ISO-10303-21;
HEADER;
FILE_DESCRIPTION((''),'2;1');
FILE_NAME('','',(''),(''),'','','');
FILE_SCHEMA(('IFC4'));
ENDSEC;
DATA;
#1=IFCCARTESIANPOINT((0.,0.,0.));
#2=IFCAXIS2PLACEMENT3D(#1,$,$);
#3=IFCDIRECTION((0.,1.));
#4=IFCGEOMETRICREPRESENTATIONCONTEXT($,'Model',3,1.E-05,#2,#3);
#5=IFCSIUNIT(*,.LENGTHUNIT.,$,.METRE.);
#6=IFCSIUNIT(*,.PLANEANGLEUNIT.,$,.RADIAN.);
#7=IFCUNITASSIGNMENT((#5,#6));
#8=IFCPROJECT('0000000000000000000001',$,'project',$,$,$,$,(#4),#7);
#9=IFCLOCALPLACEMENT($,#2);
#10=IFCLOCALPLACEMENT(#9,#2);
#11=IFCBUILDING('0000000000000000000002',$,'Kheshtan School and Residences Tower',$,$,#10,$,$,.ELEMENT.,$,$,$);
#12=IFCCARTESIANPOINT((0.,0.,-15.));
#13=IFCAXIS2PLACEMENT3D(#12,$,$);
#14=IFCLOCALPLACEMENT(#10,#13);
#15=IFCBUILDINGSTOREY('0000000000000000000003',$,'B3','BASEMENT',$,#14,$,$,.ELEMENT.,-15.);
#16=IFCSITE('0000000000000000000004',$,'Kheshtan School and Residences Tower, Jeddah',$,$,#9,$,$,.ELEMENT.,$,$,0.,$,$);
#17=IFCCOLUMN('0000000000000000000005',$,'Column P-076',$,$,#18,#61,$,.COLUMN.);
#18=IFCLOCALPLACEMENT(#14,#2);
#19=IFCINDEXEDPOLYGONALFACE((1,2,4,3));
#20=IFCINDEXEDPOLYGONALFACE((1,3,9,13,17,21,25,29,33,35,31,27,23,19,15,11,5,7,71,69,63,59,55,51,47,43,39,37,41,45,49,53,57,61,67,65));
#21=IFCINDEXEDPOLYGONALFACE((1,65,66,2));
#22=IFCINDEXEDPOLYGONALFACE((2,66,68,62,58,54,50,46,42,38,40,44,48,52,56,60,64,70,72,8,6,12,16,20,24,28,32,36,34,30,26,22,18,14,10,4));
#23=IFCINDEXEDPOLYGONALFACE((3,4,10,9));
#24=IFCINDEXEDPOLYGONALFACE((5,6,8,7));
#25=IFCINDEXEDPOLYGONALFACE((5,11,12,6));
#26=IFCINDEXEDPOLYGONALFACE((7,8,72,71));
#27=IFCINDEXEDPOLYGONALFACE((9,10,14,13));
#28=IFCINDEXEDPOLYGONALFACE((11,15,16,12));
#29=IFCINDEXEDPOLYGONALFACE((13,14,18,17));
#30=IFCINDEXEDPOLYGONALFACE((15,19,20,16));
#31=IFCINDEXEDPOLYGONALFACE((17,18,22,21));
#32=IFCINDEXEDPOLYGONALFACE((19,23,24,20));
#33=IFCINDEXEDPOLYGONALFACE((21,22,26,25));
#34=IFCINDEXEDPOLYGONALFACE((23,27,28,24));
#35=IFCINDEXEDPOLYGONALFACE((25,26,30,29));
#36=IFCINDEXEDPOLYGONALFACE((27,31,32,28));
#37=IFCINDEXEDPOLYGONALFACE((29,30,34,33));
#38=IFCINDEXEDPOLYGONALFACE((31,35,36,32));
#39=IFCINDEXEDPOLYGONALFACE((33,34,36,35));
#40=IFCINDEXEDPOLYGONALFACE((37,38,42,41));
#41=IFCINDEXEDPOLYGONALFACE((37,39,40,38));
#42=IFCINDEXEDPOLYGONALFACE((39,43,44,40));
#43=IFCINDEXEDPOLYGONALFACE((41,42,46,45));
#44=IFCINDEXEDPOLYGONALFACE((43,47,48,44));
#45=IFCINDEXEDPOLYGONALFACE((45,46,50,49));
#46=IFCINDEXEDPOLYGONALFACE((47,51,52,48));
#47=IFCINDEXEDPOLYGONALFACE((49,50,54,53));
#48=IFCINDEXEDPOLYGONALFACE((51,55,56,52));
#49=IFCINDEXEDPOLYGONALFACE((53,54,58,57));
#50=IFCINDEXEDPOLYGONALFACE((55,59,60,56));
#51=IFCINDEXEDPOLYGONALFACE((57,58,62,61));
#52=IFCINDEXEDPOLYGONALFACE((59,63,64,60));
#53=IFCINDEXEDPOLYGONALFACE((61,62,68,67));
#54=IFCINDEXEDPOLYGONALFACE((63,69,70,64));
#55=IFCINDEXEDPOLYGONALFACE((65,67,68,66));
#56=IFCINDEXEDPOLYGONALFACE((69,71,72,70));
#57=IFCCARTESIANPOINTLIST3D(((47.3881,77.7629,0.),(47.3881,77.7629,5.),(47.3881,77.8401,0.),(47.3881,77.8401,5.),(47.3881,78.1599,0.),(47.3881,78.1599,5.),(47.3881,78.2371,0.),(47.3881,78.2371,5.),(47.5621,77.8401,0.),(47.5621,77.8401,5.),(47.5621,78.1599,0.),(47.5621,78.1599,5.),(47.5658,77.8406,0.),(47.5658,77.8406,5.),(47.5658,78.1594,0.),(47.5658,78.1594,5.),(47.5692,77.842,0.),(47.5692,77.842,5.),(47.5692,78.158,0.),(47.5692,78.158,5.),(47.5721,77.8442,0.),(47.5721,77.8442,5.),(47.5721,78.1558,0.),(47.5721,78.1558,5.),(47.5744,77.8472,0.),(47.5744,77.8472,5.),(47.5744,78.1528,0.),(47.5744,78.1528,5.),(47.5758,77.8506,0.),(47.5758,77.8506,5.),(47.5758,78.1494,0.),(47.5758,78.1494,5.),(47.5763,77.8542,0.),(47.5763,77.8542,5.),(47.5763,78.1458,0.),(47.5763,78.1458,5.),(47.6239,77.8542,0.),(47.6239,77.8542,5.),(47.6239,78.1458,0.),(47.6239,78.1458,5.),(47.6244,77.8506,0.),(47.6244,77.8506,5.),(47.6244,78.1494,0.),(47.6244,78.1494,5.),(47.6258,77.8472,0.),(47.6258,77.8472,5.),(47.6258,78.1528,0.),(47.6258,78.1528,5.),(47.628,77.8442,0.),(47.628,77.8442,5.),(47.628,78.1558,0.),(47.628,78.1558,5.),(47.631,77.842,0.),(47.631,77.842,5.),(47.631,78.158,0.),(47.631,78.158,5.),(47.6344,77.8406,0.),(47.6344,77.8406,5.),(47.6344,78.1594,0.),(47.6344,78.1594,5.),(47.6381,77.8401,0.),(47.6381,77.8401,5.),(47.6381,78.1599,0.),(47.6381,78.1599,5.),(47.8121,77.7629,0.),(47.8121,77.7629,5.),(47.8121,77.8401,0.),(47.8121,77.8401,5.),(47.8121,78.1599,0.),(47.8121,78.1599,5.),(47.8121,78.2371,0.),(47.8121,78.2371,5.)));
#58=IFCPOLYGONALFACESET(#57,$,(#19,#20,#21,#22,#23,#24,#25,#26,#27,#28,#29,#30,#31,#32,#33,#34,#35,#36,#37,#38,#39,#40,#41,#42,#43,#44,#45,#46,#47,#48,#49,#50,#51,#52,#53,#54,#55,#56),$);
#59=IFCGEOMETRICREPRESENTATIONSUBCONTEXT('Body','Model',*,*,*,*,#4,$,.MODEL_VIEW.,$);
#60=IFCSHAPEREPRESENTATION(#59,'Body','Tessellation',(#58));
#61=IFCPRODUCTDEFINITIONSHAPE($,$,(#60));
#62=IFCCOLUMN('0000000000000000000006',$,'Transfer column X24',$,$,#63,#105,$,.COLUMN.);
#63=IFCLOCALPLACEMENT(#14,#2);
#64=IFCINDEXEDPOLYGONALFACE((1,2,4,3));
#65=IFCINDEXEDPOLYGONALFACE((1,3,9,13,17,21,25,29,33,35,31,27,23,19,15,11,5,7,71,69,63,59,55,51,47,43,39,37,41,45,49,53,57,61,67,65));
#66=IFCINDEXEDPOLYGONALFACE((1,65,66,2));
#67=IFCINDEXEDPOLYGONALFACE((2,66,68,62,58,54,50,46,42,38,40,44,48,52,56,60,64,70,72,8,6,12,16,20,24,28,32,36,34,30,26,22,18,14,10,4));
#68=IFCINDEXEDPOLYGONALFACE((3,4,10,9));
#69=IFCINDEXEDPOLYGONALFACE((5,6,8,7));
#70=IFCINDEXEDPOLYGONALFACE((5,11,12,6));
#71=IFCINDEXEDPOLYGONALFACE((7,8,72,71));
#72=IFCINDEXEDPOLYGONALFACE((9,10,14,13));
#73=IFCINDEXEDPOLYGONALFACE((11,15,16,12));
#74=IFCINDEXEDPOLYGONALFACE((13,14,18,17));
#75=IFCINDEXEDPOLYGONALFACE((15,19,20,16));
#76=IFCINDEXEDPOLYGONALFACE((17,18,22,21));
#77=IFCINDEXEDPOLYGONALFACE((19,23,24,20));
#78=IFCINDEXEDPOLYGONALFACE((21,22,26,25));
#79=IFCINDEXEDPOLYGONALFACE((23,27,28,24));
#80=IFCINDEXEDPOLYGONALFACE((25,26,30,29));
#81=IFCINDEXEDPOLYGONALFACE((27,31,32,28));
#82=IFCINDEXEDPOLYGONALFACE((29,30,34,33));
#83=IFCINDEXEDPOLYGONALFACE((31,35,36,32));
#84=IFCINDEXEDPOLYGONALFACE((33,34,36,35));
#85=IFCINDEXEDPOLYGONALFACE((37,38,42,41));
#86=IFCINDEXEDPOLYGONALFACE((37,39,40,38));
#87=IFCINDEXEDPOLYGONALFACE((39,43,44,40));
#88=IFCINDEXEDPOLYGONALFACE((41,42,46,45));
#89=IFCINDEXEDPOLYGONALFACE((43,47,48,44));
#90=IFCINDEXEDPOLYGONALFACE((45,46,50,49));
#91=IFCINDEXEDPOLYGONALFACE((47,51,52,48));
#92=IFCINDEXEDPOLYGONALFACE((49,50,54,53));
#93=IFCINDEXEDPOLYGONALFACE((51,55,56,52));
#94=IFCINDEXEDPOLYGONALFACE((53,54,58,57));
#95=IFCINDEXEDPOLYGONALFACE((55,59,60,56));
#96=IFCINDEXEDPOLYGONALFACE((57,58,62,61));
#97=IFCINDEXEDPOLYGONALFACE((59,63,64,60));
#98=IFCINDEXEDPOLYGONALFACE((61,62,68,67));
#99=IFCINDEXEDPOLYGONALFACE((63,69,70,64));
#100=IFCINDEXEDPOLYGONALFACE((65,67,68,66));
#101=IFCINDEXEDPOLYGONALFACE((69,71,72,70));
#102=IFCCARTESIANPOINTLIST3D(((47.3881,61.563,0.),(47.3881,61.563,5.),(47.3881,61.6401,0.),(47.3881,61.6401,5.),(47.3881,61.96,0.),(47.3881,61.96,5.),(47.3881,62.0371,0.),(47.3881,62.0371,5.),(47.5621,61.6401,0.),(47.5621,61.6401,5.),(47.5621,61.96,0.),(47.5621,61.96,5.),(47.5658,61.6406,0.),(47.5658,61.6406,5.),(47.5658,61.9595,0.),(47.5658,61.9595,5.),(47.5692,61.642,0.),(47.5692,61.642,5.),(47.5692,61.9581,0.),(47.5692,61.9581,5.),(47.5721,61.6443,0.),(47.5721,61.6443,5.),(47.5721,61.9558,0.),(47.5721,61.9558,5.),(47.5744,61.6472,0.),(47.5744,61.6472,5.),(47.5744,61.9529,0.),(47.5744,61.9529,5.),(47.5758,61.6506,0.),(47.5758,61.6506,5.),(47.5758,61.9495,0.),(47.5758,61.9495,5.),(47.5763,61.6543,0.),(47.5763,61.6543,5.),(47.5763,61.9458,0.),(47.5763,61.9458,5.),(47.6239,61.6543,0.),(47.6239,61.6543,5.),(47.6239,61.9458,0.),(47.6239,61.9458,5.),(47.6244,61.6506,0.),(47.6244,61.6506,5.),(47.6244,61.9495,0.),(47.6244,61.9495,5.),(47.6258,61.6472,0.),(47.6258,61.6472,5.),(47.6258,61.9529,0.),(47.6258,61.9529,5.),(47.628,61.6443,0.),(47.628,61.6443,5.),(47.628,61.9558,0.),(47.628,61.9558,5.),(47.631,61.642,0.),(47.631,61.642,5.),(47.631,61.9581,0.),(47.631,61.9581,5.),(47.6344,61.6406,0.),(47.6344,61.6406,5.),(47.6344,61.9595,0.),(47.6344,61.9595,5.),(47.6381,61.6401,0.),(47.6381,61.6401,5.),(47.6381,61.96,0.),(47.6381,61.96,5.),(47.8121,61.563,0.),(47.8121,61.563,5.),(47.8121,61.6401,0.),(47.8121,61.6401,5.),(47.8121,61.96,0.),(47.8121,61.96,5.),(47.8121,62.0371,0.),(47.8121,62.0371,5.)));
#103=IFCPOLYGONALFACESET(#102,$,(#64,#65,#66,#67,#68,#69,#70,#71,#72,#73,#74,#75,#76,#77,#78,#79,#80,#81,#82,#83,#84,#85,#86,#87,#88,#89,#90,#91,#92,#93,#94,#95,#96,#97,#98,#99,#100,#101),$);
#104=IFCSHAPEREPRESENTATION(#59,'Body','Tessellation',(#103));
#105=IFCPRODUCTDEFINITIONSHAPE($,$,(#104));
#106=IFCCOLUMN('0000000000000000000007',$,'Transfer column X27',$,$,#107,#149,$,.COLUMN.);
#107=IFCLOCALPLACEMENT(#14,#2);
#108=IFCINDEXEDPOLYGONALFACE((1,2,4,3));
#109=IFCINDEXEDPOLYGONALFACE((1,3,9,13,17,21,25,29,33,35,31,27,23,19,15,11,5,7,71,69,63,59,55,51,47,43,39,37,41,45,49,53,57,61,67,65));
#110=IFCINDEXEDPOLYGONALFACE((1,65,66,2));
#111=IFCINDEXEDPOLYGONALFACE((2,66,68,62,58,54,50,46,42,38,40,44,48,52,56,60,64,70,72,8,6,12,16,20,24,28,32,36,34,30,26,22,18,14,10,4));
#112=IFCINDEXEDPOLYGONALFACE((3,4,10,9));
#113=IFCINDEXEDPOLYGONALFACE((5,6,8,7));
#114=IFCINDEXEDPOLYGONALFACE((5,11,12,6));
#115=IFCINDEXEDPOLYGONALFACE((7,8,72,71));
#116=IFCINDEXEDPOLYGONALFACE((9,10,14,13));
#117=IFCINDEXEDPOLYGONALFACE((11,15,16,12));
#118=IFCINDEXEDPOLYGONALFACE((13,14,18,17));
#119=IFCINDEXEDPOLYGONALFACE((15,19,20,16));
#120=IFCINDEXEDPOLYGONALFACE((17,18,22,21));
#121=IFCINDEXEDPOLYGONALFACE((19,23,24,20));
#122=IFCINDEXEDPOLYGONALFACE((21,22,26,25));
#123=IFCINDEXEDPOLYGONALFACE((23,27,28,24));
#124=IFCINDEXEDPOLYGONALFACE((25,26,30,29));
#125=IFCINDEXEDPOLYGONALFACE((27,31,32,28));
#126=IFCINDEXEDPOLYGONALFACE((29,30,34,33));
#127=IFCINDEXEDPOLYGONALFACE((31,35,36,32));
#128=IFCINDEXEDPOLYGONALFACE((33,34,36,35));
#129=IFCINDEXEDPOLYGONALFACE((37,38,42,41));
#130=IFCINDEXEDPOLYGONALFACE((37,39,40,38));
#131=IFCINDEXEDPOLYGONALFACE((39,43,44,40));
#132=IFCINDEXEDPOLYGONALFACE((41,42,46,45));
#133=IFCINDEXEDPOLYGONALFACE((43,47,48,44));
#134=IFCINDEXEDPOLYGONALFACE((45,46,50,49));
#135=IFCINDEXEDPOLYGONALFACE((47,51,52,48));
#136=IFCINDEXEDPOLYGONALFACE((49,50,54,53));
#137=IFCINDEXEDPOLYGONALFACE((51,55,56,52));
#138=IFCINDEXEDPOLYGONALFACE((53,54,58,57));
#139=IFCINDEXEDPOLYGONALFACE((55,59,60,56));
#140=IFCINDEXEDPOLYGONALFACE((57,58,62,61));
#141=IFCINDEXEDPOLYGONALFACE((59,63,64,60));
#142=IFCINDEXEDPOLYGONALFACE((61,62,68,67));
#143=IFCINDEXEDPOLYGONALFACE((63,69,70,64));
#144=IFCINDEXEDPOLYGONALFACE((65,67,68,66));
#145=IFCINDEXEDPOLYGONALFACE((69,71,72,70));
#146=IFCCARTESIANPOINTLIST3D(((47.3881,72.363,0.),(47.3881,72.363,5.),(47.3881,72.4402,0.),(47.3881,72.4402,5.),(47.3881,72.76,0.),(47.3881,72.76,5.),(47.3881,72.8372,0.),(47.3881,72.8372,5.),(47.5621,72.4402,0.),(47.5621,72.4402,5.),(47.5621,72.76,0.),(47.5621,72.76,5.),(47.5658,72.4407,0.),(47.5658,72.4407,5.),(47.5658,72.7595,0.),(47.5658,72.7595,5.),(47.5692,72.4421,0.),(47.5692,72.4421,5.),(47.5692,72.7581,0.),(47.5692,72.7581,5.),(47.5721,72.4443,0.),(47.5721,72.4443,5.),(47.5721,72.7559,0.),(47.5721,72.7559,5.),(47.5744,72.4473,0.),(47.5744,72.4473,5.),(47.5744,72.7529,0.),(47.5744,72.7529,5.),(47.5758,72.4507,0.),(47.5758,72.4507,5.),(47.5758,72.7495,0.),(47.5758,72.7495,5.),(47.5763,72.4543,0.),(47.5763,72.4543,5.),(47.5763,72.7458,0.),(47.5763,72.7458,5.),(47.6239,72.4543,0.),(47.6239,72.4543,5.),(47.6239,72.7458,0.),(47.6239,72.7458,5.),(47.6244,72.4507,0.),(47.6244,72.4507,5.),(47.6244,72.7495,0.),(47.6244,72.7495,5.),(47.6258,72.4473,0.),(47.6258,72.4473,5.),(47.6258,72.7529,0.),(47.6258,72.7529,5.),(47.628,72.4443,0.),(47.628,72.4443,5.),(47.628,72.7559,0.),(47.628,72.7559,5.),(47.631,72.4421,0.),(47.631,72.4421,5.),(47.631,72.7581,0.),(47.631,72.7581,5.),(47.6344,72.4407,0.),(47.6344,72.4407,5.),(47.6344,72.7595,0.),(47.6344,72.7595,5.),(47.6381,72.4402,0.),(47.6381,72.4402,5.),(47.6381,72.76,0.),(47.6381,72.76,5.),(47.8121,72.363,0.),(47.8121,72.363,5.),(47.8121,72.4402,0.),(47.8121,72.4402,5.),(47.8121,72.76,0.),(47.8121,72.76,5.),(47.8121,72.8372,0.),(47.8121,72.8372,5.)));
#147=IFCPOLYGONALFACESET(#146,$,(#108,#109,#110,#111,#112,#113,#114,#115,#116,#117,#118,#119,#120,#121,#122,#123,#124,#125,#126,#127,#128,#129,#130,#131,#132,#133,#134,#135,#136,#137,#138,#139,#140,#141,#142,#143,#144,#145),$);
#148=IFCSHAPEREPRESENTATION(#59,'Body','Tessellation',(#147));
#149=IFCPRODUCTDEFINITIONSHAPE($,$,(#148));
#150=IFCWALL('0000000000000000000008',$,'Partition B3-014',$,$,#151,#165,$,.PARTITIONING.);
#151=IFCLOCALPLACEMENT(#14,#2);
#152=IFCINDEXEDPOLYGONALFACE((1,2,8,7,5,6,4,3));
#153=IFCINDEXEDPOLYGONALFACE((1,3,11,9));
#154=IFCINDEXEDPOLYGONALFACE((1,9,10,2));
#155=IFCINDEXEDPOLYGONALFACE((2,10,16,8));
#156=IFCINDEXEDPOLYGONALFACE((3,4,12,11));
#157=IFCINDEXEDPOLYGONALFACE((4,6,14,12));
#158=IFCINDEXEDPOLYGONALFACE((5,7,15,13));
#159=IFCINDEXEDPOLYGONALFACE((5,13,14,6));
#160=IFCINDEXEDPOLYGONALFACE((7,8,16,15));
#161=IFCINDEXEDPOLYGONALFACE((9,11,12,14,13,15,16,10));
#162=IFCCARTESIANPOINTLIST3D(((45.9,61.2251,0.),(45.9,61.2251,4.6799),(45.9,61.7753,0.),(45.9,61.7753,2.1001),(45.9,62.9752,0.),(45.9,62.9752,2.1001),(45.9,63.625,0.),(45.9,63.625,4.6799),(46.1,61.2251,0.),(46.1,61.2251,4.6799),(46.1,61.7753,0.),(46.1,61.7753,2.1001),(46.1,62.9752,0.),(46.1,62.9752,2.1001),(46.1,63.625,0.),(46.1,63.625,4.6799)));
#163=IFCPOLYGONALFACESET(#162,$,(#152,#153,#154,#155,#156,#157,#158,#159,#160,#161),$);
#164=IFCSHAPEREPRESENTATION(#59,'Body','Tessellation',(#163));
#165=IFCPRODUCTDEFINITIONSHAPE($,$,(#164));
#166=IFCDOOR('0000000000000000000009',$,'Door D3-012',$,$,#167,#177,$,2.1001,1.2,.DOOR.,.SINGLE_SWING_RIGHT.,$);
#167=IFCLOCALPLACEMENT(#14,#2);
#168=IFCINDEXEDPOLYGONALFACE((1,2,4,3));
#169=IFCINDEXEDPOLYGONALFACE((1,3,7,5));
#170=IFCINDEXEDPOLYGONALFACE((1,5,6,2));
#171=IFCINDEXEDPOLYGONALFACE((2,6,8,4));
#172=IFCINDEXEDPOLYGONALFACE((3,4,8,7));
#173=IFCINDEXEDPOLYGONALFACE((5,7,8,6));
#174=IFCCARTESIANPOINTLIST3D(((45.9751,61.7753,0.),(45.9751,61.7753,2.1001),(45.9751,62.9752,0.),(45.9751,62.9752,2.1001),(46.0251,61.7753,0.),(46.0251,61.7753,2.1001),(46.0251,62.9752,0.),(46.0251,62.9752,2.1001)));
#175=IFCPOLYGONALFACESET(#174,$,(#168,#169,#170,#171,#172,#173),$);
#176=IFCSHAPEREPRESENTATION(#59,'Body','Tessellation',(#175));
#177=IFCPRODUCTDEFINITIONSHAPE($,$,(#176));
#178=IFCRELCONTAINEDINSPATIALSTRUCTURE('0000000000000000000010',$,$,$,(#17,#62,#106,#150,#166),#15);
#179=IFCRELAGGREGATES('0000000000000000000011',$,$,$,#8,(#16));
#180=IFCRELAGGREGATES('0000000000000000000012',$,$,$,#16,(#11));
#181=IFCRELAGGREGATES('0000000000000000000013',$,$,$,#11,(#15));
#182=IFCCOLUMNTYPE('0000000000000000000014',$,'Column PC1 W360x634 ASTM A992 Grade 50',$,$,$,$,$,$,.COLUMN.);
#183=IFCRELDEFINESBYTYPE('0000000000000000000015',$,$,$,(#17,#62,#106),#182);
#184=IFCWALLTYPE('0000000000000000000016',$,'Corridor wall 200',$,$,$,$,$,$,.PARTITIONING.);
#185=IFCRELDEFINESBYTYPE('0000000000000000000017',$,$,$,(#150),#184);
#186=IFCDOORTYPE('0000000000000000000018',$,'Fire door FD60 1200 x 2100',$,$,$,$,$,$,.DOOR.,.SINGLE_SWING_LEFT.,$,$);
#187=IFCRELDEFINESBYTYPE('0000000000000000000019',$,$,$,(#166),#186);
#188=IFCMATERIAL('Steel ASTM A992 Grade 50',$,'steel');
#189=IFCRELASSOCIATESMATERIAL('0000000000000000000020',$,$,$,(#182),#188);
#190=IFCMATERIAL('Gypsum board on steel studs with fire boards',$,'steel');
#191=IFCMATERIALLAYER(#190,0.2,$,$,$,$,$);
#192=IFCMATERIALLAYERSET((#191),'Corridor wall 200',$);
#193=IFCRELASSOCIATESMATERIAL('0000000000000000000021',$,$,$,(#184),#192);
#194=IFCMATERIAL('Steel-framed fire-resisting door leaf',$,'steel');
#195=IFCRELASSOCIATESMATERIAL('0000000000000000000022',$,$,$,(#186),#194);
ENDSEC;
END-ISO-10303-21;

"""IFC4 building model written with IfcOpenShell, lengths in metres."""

from ifc_helpers import new_model, si_unit, direction, frame, frame_2d, origin, origin_2d, place, context, subcontext, project, spatial, rectangle, i_section, extrude, source, transform, mapped, material, layer, layer_set, material_profile, profile_set, type_object, element, fill, save


model = new_model("IFC4")

# Units and contexts
model_context = context("Model", 3, precision=1e-05, world=origin(), true_north=direction((0.0, 1.0)))
body_context = subcontext(model_context, "Body", "Model", "MODEL_VIEW")
ifc_project = project(units=[si_unit("LENGTHUNIT", "METRE"), si_unit("PLANEANGLEUNIT", "RADIAN")], contexts=[model_context])

# Site, building, storey
site_placement = place(None, origin())
site = spatial("IfcSite", under=ifc_project, at=site_placement, Name="Kheshtan School and Residences Tower, Jeddah", CompositionType="ELEMENT", RefElevation=0.0)
building_placement = place(site_placement, origin())
building = spatial("IfcBuilding", under=site, at=building_placement, Name="Kheshtan School and Residences Tower", CompositionType="ELEMENT")
storey_placement = place(building_placement, frame((0.0, 0.0, -15.0)))
storey = spatial("IfcBuildingStorey", under=building, at=storey_placement, Name="B3", Description="BASEMENT", CompositionType="ELEMENT", Elevation=-15.0)

# Columns
ifc_material_1 = material(Name="Steel ASTM A992 Grade 50", Category="steel")
ifc_material_profile_1 = material_profile(ifc_material_1, i_section(OverallWidth=0.4241, OverallDepth=0.4741, WebThickness=0.0476, FlangeThickness=0.0771, FilletRadius=0.0142, at=origin_2d()), Name="W360x634")
ifc_profile_set_1 = profile_set([ifc_material_profile_1], Name="Steel ASTM A992 Grade 50")
column_type = type_object("IfcColumnType", Name="Column PC1 W360x634 ASTM A992 Grade 50", PredefinedType="COLUMN", material=ifc_profile_set_1)
for number, where, z_axis, x_axis, name in (
    (1, (47.6001, 78.0, 0.0), (0.0, 0.0, 1.0), (1.0, 0.0, 0.0), "Column P-076"),
    (2, (47.6001, 61.8, 0.0), (0.0, 0.0, 1.0), (1.0, 0.0, 0.0), "Transfer column X24"),
    (3, (47.6001, 72.6001, 0.0), (0.0, 0.0, 1.0), (1.0, 0.0, 0.0), "Transfer column X27"),
):
    element("IfcColumn", number, at=place(storey_placement, frame(where, z_axis=z_axis, x_axis=x_axis)), inside=storey, type_object=column_type, Name=name, PredefinedType="COLUMN", context=body_context, shape_type="SweptSolid", body=[
        extrude(i_section(OverallWidth=0.4241, OverallDepth=0.4741, WebThickness=0.0476, FlangeThickness=0.0771, FilletRadius=0.0142, at=origin_2d()), origin(), (0.0, 0.0, 1.0), 5.0),
    ])

# Wall, opening, door
ifc_material_2 = material(Name="Gypsum board on steel studs with fire boards", Category="steel")
ifc_layer_1 = layer(ifc_material_2, 0.2)
ifc_layer_set_1 = layer_set([ifc_layer_1], Name="Corridor wall 200")
wall_type_1 = type_object("IfcWallType", Name="Corridor wall 200", PredefinedType="PARTITIONING", material=ifc_layer_set_1)
wall_1_placement = place(storey_placement, frame((46.0, 61.2251, 0.0), z_axis=(0.0, 0.0, 1.0), x_axis=(0.0, 1.0, 0.0)))
wall_1 = element("IfcWall", 4, at=wall_1_placement, inside=storey, type_object=wall_type_1, Name="Partition B3-014", PredefinedType="PARTITIONING", context=body_context, shape_type="SweptSolid", body=[
    extrude(rectangle(XDim=2.3999, YDim=0.2, at=frame_2d((1.2, 0.0))), origin(), (0.0, 0.0, 1.0), 4.6799),
])
opening_1_placement = place(wall_1_placement, frame((0.55, 0.0, 0.0)))
opening_1 = element("IfcOpeningElement", 5, at=opening_1_placement, cuts=wall_1, PredefinedType="OPENING", context=body_context, shape_type="SweptSolid", body=[
    extrude(rectangle(XDim=1.2, YDim=2.1001, at=frame_2d((0.6001, 1.05))), frame((0.0, 0.1099, 0.0), z_axis=(0.0, -1.0, 0.0), x_axis=(1.0, 0.0, 0.0)), (0.0, 0.0, 1.0), 0.22),
])
ifc_material_3 = material(Name="Steel-framed fire-resisting door leaf", Category="steel")
door_type_1 = type_object("IfcDoorType", Name="Fire door FD60 1200 x 2100", OperationType="SINGLE_SWING_LEFT", PredefinedType="DOOR", material=ifc_material_3)
shared_shape_1 = source(origin(), body_context, "Body", "SweptSolid", [
    extrude(rectangle(XDim=1.2, YDim=2.1001, at=frame_2d((0.6001, 1.05))), frame((0.0, 0.0249, 0.0), z_axis=(0.0, -1.0, 0.0), x_axis=(1.0, 0.0, 0.0)), (0.0, 0.0, 1.0), 0.05),
])
door_1_placement = place(opening_1_placement, origin())
door_1 = element("IfcDoor", 6, at=door_1_placement, inside=storey, type_object=door_type_1, Name="Door D3-012", OperationType="SINGLE_SWING_RIGHT", OverallHeight=2.1001, OverallWidth=1.2, PredefinedType="DOOR", context=body_context, shape_type="MappedRepresentation", body=[
    mapped(shared_shape_1, transform((0.0, 0.0, 0.0), x_axis=(1.0, 0.0, 0.0), y_axis=(0.0, 1.0, 0.0), z_axis=(0.0, 0.0, 1.0), scale=1.0)),
])
fill(opening_1, door_1)

save(model, "model.ifc")
